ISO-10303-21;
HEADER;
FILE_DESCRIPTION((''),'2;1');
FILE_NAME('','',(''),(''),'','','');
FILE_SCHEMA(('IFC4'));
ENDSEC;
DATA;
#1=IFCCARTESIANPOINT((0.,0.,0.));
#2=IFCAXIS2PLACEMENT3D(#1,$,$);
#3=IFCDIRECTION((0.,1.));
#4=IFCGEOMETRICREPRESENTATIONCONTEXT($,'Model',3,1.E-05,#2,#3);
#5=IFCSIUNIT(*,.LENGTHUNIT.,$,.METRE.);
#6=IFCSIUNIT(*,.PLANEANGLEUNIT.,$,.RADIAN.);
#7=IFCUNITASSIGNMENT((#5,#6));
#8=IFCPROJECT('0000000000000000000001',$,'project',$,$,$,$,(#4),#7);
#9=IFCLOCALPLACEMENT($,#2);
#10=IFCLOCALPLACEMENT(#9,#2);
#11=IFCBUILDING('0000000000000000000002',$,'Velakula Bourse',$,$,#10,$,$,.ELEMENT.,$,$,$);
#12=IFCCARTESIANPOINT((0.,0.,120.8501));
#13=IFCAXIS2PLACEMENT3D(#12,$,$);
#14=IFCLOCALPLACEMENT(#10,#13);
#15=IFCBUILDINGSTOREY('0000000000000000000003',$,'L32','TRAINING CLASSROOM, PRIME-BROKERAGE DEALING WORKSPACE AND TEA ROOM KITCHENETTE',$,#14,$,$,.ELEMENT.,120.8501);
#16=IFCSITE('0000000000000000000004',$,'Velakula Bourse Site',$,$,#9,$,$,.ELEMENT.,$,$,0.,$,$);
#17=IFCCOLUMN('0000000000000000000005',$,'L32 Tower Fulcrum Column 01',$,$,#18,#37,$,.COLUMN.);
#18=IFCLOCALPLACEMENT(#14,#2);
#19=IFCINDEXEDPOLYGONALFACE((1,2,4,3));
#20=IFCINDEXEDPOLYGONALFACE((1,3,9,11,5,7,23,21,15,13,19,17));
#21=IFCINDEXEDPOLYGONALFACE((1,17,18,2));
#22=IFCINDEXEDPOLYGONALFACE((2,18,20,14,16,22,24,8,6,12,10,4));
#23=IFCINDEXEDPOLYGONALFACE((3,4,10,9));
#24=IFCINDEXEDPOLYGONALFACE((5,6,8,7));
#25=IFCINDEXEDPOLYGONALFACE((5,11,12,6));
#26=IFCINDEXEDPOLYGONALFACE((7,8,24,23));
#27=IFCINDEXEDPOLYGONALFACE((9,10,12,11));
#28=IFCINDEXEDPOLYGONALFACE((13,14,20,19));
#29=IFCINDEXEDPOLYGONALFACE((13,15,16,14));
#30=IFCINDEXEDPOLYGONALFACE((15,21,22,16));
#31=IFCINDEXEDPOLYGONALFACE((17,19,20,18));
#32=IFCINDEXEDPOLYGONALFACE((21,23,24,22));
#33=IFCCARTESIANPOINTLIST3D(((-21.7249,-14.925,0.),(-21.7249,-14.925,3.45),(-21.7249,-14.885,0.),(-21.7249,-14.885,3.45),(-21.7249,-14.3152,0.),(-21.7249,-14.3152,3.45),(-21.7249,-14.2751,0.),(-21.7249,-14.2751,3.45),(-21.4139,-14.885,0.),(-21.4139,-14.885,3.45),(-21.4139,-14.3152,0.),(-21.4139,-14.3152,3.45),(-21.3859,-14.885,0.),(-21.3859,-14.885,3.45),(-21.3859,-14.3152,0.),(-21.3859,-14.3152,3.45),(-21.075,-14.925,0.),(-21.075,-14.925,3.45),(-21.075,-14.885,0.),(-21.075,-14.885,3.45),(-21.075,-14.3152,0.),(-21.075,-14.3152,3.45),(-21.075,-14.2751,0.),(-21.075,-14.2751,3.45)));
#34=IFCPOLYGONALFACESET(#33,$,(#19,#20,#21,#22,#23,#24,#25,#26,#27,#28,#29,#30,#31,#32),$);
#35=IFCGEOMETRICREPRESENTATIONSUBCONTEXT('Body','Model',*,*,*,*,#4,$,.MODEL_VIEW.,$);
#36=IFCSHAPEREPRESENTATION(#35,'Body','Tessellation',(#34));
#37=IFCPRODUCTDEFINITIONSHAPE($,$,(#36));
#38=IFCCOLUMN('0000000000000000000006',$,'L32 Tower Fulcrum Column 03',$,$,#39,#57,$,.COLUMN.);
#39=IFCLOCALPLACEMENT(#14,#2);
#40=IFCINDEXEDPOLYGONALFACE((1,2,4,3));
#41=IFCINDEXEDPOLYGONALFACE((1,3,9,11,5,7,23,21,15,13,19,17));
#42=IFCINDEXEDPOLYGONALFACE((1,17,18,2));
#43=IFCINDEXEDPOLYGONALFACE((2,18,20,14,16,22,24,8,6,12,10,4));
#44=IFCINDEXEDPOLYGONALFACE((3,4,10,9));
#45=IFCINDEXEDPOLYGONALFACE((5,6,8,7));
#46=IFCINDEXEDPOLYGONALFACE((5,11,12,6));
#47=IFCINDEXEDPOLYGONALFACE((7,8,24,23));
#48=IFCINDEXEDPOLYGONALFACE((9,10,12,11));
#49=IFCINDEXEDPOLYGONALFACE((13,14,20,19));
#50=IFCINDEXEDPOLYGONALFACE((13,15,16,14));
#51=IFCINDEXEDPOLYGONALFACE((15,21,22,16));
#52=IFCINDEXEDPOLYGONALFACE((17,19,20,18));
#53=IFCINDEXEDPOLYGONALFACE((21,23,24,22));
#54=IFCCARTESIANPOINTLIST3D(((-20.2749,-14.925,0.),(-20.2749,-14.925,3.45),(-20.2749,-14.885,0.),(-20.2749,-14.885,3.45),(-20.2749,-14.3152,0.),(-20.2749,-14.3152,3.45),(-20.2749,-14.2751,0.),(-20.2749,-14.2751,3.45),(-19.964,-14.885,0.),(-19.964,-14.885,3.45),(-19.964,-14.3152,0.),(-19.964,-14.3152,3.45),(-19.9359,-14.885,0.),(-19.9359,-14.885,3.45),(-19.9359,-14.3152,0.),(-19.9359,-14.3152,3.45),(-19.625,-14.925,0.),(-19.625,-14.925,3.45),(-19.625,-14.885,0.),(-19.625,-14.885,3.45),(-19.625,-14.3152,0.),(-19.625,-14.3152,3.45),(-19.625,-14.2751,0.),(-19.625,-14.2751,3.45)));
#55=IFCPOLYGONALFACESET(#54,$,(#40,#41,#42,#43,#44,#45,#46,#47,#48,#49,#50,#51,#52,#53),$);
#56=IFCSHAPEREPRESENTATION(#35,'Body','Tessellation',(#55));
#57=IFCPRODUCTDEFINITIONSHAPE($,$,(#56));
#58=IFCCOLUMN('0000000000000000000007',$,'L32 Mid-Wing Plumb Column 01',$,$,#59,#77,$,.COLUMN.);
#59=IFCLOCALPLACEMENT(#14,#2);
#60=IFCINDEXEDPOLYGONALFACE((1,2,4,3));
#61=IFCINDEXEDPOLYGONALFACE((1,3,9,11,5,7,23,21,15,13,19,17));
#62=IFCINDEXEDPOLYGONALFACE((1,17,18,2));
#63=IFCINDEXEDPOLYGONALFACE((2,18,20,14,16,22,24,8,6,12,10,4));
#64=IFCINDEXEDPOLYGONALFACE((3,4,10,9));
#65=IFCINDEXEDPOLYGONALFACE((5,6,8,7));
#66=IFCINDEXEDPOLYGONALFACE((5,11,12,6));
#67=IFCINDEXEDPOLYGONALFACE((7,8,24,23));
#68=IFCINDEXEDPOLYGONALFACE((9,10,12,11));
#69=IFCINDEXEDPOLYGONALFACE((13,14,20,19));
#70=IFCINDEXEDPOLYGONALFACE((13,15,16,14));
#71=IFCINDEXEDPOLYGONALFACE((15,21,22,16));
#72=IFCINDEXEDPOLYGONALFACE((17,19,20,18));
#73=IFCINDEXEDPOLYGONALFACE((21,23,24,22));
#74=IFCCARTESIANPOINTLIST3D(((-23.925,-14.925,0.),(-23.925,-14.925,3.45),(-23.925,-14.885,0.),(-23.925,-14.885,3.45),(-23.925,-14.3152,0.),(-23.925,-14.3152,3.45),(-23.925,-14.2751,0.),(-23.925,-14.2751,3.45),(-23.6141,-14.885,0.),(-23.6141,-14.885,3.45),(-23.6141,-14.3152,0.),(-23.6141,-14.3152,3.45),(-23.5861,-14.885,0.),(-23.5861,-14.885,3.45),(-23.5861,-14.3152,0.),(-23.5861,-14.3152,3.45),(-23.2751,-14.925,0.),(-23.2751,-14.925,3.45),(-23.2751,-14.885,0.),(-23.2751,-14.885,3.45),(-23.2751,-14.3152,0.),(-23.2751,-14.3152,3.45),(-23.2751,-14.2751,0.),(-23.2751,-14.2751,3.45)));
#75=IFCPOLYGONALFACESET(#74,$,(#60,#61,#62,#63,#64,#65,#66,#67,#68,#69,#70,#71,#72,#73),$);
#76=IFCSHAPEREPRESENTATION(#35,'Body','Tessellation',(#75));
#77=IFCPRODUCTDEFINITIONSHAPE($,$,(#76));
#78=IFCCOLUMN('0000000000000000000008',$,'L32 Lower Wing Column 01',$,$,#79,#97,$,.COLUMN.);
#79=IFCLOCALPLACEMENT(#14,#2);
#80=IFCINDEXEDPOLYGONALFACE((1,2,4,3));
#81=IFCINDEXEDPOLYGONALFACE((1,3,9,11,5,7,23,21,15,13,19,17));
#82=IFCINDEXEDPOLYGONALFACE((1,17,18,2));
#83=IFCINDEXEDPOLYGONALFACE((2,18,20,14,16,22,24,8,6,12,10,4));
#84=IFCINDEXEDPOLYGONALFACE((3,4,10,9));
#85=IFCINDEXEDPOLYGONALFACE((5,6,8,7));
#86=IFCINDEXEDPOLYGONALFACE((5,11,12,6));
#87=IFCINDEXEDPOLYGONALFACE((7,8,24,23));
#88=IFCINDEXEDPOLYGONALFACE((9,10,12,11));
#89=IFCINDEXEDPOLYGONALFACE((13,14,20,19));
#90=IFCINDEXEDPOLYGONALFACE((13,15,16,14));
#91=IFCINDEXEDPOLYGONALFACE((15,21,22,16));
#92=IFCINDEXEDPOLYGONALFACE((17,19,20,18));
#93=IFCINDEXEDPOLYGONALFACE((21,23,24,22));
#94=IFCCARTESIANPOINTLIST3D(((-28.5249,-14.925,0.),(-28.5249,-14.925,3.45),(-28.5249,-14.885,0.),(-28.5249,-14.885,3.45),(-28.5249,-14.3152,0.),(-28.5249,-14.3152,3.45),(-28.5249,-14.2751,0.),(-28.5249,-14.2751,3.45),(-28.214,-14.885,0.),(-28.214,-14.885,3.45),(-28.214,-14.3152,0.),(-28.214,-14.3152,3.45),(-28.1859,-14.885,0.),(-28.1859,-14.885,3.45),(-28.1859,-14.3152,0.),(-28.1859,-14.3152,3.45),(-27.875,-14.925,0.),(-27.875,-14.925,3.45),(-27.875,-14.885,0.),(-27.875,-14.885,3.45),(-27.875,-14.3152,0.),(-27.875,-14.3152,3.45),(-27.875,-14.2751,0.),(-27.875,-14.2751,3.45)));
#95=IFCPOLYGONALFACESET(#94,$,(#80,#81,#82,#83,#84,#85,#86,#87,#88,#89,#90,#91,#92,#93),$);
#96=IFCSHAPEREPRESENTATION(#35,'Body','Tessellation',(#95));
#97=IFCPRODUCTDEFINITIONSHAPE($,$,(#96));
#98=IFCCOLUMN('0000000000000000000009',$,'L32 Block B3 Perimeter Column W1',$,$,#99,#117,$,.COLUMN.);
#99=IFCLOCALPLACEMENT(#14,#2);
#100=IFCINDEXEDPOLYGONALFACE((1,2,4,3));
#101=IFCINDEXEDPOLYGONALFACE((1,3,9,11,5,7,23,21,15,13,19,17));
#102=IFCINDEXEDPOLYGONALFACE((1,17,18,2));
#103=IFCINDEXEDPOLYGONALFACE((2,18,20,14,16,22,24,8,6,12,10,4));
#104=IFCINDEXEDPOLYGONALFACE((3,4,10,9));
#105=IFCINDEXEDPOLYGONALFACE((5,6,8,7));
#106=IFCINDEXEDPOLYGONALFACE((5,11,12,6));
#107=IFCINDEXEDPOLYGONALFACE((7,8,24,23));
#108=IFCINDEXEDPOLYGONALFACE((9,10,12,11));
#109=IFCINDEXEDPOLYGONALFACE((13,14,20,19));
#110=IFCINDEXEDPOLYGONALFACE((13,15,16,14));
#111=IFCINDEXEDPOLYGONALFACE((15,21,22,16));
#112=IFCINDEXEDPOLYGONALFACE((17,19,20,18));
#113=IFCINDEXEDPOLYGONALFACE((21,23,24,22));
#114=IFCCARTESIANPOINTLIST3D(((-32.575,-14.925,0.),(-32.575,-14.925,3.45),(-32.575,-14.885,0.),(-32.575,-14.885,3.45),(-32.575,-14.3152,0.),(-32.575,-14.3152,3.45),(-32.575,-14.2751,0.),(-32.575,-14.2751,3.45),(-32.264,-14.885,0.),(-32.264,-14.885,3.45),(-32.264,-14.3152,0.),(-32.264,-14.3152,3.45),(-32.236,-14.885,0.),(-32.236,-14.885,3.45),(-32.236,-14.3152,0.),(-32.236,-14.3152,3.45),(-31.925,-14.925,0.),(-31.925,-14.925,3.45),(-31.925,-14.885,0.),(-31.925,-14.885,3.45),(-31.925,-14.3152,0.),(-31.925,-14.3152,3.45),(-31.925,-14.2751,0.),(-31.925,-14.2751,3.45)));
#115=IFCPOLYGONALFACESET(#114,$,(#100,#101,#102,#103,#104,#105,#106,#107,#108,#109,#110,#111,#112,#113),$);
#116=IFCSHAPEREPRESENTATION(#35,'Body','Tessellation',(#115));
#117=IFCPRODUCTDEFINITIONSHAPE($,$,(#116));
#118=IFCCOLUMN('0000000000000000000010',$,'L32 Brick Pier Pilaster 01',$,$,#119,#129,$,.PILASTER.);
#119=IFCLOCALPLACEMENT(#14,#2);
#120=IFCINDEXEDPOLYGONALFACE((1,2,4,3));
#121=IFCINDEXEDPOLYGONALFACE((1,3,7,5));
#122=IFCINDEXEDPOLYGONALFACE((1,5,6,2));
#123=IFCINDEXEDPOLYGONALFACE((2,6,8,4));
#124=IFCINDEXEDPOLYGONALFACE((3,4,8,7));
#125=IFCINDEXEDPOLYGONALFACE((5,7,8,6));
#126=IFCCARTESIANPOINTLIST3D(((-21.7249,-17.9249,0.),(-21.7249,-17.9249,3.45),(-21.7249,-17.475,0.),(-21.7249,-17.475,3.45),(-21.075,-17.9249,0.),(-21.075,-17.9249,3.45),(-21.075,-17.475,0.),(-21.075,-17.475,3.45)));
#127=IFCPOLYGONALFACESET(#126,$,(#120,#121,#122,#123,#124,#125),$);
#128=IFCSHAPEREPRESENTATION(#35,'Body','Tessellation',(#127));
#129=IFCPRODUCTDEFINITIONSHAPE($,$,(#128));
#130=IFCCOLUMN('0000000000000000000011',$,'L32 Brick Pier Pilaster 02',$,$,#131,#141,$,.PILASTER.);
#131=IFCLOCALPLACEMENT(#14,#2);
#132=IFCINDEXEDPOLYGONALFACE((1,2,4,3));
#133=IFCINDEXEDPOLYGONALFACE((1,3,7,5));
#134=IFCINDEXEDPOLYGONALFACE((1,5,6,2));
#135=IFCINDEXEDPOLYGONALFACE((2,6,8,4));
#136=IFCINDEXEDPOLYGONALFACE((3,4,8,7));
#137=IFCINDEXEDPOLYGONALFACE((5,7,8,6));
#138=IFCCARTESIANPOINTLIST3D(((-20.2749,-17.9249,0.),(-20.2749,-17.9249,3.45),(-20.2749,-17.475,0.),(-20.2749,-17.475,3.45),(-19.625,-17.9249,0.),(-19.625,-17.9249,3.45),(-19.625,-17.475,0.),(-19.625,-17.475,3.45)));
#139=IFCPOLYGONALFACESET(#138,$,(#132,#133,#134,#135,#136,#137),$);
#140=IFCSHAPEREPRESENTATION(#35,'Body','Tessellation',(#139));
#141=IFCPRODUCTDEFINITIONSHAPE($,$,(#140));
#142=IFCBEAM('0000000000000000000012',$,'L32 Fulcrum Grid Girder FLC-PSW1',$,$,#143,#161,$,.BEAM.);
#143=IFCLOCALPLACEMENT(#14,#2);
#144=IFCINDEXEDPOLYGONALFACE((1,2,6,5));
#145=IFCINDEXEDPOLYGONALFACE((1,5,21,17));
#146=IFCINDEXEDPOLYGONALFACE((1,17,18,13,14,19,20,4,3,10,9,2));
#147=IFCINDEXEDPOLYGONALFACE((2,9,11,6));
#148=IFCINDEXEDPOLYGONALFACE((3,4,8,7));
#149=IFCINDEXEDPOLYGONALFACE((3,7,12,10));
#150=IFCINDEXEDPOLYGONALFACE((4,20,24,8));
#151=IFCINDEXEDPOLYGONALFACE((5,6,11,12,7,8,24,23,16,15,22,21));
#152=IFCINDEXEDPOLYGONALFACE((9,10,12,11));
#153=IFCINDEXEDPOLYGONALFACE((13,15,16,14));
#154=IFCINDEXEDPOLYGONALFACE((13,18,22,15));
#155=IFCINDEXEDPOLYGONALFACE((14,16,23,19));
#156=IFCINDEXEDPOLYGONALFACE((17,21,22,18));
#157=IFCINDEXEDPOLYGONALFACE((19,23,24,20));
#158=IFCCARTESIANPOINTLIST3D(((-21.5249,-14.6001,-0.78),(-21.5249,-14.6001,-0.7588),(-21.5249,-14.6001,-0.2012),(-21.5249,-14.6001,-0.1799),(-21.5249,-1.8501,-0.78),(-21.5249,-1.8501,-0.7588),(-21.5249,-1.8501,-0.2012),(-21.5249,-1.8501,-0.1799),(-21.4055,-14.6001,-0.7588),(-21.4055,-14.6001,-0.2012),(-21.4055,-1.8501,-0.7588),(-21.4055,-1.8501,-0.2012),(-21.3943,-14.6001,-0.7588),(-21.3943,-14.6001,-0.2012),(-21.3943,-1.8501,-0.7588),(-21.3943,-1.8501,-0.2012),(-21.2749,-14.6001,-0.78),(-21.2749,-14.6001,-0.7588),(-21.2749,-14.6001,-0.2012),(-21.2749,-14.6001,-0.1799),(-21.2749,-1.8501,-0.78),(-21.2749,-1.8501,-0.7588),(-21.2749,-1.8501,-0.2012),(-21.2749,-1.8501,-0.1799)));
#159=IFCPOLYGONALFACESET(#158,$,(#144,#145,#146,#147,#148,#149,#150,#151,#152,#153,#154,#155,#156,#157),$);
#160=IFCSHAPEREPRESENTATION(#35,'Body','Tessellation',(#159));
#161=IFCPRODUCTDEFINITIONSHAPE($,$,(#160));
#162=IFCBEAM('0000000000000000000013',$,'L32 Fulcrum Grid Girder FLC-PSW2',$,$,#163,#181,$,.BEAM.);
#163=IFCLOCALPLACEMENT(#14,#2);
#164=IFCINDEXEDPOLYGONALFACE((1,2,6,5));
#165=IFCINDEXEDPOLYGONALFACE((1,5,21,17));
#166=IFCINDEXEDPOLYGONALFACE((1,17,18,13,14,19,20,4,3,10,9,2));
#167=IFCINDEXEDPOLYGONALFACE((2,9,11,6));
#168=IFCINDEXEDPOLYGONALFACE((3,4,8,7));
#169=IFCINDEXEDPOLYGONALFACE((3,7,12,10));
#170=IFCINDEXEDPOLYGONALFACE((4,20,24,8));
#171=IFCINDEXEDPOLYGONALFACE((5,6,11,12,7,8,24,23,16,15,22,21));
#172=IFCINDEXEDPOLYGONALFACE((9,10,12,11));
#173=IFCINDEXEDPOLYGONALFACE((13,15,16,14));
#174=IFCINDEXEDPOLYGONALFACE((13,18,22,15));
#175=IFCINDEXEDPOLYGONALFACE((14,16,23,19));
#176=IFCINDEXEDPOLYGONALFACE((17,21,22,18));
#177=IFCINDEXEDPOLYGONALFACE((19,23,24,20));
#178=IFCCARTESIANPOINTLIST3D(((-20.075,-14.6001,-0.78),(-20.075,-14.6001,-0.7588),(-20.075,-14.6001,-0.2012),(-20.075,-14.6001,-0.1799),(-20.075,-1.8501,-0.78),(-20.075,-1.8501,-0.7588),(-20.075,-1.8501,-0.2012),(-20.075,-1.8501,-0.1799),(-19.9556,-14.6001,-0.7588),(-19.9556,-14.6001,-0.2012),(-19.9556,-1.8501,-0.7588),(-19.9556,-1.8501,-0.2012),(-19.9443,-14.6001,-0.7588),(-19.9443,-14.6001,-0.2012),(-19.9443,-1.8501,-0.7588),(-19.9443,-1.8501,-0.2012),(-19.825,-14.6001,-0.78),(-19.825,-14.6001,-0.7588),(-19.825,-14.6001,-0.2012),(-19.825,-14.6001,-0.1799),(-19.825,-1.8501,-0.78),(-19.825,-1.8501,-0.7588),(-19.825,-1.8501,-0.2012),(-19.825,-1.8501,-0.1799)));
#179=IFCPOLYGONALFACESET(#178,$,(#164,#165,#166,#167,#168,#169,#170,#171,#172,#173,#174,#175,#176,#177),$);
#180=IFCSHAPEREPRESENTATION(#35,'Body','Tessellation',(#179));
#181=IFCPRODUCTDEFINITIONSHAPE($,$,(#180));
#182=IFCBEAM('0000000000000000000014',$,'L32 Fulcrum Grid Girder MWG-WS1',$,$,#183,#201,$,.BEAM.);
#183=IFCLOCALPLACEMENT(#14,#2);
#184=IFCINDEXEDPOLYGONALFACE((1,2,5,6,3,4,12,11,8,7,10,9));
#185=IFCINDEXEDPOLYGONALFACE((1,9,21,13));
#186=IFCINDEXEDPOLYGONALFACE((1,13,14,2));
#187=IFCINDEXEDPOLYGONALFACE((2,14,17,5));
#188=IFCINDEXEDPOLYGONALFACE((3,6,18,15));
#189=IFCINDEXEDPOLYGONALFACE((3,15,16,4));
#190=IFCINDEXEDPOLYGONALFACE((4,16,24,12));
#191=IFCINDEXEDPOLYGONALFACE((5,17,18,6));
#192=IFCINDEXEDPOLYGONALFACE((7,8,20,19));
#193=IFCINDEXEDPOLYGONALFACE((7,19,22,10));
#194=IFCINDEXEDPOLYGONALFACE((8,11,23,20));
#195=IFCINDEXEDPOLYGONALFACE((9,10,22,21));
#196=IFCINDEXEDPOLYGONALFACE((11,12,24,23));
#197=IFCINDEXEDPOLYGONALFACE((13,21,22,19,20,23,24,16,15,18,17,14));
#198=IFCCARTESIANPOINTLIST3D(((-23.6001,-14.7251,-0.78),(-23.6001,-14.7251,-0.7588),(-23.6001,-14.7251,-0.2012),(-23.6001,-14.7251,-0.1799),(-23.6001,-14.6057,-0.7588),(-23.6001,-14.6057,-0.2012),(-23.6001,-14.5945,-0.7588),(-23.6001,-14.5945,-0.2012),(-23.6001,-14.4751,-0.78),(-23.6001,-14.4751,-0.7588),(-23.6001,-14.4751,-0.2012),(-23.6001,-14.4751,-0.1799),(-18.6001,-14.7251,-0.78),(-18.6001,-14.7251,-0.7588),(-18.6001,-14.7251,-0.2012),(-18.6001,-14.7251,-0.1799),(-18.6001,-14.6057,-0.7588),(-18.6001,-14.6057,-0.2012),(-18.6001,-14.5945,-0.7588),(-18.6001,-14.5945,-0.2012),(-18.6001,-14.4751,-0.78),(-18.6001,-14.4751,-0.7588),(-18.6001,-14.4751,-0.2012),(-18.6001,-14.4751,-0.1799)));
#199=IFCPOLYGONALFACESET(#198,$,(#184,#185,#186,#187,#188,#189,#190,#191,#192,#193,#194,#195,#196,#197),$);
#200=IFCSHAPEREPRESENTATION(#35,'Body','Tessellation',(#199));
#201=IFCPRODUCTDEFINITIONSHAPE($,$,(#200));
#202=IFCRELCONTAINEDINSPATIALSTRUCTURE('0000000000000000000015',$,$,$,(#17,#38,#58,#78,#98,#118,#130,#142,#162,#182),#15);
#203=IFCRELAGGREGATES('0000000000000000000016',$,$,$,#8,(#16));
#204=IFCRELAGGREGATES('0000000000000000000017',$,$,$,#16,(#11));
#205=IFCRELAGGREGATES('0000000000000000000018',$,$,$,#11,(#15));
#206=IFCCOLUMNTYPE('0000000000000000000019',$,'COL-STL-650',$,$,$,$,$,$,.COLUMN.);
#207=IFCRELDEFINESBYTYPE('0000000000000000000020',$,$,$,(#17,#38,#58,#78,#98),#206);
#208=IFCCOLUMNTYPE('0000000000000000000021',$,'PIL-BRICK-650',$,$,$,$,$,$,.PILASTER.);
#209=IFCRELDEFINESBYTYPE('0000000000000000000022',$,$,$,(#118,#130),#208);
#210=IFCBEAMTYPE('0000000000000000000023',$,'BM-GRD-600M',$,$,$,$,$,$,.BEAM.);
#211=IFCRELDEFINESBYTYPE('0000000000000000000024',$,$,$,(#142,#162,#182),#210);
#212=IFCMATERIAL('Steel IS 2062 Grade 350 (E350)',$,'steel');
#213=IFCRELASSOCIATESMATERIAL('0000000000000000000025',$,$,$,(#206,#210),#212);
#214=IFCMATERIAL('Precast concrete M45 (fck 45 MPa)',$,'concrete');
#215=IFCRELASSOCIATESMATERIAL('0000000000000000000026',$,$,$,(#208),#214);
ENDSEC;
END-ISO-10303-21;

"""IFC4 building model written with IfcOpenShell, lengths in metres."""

from ifc_helpers import new_model, si_unit, direction, frame, origin, origin_2d, place, context, subcontext, project, spatial, rectangle, i_section, extrude, material, material_profile, profile_set, type_object, element, save


model = new_model("IFC4")

# Units and contexts
model_context = context("Model", 3, precision=1e-05, world=origin(), true_north=direction((0.0, 1.0)))
body_context = subcontext(model_context, "Body", "Model", "MODEL_VIEW")
ifc_project = project(units=[si_unit("LENGTHUNIT", "METRE"), si_unit("PLANEANGLEUNIT", "RADIAN")], contexts=[model_context])

# Site, building, storey
site_placement = place(None, origin())
site = spatial("IfcSite", under=ifc_project, at=site_placement, Name="Velakula Bourse Site", CompositionType="ELEMENT", RefElevation=0.0)
building_placement = place(site_placement, origin())
building = spatial("IfcBuilding", under=site, at=building_placement, Name="Velakula Bourse", CompositionType="ELEMENT")
storey_placement = place(building_placement, frame((0.0, 0.0, 120.8501)))
storey = spatial("IfcBuildingStorey", under=building, at=storey_placement, Name="L32", Description="TRAINING CLASSROOM, PRIME-BROKERAGE DEALING WORKSPACE AND TEA ROOM KITCHENETTE", CompositionType="ELEMENT", Elevation=120.8501)

# Columns
ifc_material_1 = material(Name="Steel IS 2062 Grade 350 (E350)", Category="steel")
ifc_material_profile_1 = material_profile(ifc_material_1, i_section(OverallWidth=0.6499, OverallDepth=0.6499, WebThickness=0.0281, FlangeThickness=0.04, at=origin_2d()), Name="Steel IS 2062 Grade 350 (E350)")
ifc_profile_set_1 = profile_set([ifc_material_profile_1], Name="Steel IS 2062 Grade 350 (E350)")
column_type_1 = type_object("IfcColumnType", Name="COL-STL-650", PredefinedType="COLUMN", material=ifc_profile_set_1)
for number, where, z_axis, x_axis, name in (
    (1, (-21.3999, -14.6001, 0.0), (0.0, 0.0, 1.0), (1.0, 0.0, 0.0), "L32 Tower Fulcrum Column 01"),
    (2, (-19.95, -14.6001, 0.0), (0.0, 0.0, 1.0), (1.0, 0.0, 0.0), "L32 Tower Fulcrum Column 03"),
    (3, (-23.6001, -14.6001, 0.0), (0.0, 0.0, 1.0), (1.0, 0.0, 0.0), "L32 Mid-Wing Plumb Column 01"),
    (4, (-28.2, -14.6001, 0.0), (0.0, 0.0, 1.0), (1.0, 0.0, 0.0), "L32 Lower Wing Column 01"),
    (5, (-32.25, -14.6001, 0.0), (0.0, 0.0, 1.0), (1.0, 0.0, 0.0), "L32 Block B3 Perimeter Column W1"),
):
    element("IfcColumn", number, at=place(storey_placement, frame(where, z_axis=z_axis, x_axis=x_axis)), inside=storey, type_object=column_type_1, Name=name, PredefinedType="COLUMN", context=body_context, shape_type="SweptSolid", body=[
        extrude(i_section(OverallWidth=0.6499, OverallDepth=0.6499, WebThickness=0.0281, FlangeThickness=0.04, at=origin_2d()), origin(), (0.0, 0.0, 1.0), 3.45),
    ])
ifc_material_2 = material(Name="Precast concrete M45 (fck 45 MPa)", Category="concrete")
ifc_material_profile_2 = material_profile(ifc_material_2, rectangle(XDim=0.6499, YDim=0.45, at=origin_2d()), Name="Precast concrete M45 (fck 45 MPa)")
ifc_profile_set_2 = profile_set([ifc_material_profile_2], Name="Precast concrete M45 (fck 45 MPa)")
column_type_2 = type_object("IfcColumnType", Name="PIL-BRICK-650", PredefinedType="PILASTER", material=ifc_profile_set_2)
for number, where, z_axis, x_axis, name in (
    (6, (-21.3999, -17.7, 0.0), (0.0, 0.0, 1.0), (1.0, 0.0, 0.0), "L32 Brick Pier Pilaster 01"),
    (7, (-19.95, -17.7, 0.0), (0.0, 0.0, 1.0), (1.0, 0.0, 0.0), "L32 Brick Pier Pilaster 02"),
):
    element("IfcColumn", number, at=place(storey_placement, frame(where, z_axis=z_axis, x_axis=x_axis)), inside=storey, type_object=column_type_2, Name=name, PredefinedType="PILASTER", context=body_context, shape_type="SweptSolid", body=[
        extrude(rectangle(XDim=0.6499, YDim=0.45, at=origin_2d()), origin(), (0.0, 0.0, 1.0), 3.45),
    ])

# Beams
ifc_material_profile_3 = material_profile(ifc_material_1, i_section(OverallWidth=0.25, OverallDepth=0.6001, WebThickness=0.0112, FlangeThickness=0.0212, at=origin_2d()), Name="Steel IS 2062 Grade 350 (E350)")
ifc_profile_set_3 = profile_set([ifc_material_profile_3], Name="Steel IS 2062 Grade 350 (E350)")
beam_type_1 = type_object("IfcBeamType", Name="BM-GRD-600M", PredefinedType="BEAM", material=ifc_profile_set_3)
for number, where, z_axis, x_axis, name in (
    (8, (-21.3999, -14.6001, -0.48), (0.0, 1.0, 0.0), (-1.0, 0.0, 0.0), "L32 Fulcrum Grid Girder FLC-PSW1"),
    (9, (-19.95, -14.6001, -0.48), (0.0, 1.0, 0.0), (-1.0, 0.0, 0.0), "L32 Fulcrum Grid Girder FLC-PSW2"),
):
    element("IfcBeam", number, at=place(storey_placement, frame(where, z_axis=z_axis, x_axis=x_axis)), inside=storey, type_object=beam_type_1, Name=name, PredefinedType="BEAM", context=body_context, shape_type="SweptSolid", body=[
        extrude(i_section(OverallWidth=0.25, OverallDepth=0.6001, WebThickness=0.0112, FlangeThickness=0.0212, at=origin_2d()), origin(), (0.0, 0.0, 1.0), 12.75),
    ])
beam_1_placement = place(storey_placement, frame((-23.6001, -14.6001, -0.48), z_axis=(1.0, 0.0, 0.0), x_axis=(0.0, 1.0, 0.0)))
element("IfcBeam", 10, at=beam_1_placement, inside=storey, type_object=beam_type_1, Name="L32 Fulcrum Grid Girder MWG-WS1", PredefinedType="BEAM", context=body_context, shape_type="SweptSolid", body=[
    extrude(i_section(OverallWidth=0.25, OverallDepth=0.6001, WebThickness=0.0112, FlangeThickness=0.0212, at=origin_2d()), origin(), (0.0, 0.0, 1.0), 5.0),
])

save(model, "model.ifc")
